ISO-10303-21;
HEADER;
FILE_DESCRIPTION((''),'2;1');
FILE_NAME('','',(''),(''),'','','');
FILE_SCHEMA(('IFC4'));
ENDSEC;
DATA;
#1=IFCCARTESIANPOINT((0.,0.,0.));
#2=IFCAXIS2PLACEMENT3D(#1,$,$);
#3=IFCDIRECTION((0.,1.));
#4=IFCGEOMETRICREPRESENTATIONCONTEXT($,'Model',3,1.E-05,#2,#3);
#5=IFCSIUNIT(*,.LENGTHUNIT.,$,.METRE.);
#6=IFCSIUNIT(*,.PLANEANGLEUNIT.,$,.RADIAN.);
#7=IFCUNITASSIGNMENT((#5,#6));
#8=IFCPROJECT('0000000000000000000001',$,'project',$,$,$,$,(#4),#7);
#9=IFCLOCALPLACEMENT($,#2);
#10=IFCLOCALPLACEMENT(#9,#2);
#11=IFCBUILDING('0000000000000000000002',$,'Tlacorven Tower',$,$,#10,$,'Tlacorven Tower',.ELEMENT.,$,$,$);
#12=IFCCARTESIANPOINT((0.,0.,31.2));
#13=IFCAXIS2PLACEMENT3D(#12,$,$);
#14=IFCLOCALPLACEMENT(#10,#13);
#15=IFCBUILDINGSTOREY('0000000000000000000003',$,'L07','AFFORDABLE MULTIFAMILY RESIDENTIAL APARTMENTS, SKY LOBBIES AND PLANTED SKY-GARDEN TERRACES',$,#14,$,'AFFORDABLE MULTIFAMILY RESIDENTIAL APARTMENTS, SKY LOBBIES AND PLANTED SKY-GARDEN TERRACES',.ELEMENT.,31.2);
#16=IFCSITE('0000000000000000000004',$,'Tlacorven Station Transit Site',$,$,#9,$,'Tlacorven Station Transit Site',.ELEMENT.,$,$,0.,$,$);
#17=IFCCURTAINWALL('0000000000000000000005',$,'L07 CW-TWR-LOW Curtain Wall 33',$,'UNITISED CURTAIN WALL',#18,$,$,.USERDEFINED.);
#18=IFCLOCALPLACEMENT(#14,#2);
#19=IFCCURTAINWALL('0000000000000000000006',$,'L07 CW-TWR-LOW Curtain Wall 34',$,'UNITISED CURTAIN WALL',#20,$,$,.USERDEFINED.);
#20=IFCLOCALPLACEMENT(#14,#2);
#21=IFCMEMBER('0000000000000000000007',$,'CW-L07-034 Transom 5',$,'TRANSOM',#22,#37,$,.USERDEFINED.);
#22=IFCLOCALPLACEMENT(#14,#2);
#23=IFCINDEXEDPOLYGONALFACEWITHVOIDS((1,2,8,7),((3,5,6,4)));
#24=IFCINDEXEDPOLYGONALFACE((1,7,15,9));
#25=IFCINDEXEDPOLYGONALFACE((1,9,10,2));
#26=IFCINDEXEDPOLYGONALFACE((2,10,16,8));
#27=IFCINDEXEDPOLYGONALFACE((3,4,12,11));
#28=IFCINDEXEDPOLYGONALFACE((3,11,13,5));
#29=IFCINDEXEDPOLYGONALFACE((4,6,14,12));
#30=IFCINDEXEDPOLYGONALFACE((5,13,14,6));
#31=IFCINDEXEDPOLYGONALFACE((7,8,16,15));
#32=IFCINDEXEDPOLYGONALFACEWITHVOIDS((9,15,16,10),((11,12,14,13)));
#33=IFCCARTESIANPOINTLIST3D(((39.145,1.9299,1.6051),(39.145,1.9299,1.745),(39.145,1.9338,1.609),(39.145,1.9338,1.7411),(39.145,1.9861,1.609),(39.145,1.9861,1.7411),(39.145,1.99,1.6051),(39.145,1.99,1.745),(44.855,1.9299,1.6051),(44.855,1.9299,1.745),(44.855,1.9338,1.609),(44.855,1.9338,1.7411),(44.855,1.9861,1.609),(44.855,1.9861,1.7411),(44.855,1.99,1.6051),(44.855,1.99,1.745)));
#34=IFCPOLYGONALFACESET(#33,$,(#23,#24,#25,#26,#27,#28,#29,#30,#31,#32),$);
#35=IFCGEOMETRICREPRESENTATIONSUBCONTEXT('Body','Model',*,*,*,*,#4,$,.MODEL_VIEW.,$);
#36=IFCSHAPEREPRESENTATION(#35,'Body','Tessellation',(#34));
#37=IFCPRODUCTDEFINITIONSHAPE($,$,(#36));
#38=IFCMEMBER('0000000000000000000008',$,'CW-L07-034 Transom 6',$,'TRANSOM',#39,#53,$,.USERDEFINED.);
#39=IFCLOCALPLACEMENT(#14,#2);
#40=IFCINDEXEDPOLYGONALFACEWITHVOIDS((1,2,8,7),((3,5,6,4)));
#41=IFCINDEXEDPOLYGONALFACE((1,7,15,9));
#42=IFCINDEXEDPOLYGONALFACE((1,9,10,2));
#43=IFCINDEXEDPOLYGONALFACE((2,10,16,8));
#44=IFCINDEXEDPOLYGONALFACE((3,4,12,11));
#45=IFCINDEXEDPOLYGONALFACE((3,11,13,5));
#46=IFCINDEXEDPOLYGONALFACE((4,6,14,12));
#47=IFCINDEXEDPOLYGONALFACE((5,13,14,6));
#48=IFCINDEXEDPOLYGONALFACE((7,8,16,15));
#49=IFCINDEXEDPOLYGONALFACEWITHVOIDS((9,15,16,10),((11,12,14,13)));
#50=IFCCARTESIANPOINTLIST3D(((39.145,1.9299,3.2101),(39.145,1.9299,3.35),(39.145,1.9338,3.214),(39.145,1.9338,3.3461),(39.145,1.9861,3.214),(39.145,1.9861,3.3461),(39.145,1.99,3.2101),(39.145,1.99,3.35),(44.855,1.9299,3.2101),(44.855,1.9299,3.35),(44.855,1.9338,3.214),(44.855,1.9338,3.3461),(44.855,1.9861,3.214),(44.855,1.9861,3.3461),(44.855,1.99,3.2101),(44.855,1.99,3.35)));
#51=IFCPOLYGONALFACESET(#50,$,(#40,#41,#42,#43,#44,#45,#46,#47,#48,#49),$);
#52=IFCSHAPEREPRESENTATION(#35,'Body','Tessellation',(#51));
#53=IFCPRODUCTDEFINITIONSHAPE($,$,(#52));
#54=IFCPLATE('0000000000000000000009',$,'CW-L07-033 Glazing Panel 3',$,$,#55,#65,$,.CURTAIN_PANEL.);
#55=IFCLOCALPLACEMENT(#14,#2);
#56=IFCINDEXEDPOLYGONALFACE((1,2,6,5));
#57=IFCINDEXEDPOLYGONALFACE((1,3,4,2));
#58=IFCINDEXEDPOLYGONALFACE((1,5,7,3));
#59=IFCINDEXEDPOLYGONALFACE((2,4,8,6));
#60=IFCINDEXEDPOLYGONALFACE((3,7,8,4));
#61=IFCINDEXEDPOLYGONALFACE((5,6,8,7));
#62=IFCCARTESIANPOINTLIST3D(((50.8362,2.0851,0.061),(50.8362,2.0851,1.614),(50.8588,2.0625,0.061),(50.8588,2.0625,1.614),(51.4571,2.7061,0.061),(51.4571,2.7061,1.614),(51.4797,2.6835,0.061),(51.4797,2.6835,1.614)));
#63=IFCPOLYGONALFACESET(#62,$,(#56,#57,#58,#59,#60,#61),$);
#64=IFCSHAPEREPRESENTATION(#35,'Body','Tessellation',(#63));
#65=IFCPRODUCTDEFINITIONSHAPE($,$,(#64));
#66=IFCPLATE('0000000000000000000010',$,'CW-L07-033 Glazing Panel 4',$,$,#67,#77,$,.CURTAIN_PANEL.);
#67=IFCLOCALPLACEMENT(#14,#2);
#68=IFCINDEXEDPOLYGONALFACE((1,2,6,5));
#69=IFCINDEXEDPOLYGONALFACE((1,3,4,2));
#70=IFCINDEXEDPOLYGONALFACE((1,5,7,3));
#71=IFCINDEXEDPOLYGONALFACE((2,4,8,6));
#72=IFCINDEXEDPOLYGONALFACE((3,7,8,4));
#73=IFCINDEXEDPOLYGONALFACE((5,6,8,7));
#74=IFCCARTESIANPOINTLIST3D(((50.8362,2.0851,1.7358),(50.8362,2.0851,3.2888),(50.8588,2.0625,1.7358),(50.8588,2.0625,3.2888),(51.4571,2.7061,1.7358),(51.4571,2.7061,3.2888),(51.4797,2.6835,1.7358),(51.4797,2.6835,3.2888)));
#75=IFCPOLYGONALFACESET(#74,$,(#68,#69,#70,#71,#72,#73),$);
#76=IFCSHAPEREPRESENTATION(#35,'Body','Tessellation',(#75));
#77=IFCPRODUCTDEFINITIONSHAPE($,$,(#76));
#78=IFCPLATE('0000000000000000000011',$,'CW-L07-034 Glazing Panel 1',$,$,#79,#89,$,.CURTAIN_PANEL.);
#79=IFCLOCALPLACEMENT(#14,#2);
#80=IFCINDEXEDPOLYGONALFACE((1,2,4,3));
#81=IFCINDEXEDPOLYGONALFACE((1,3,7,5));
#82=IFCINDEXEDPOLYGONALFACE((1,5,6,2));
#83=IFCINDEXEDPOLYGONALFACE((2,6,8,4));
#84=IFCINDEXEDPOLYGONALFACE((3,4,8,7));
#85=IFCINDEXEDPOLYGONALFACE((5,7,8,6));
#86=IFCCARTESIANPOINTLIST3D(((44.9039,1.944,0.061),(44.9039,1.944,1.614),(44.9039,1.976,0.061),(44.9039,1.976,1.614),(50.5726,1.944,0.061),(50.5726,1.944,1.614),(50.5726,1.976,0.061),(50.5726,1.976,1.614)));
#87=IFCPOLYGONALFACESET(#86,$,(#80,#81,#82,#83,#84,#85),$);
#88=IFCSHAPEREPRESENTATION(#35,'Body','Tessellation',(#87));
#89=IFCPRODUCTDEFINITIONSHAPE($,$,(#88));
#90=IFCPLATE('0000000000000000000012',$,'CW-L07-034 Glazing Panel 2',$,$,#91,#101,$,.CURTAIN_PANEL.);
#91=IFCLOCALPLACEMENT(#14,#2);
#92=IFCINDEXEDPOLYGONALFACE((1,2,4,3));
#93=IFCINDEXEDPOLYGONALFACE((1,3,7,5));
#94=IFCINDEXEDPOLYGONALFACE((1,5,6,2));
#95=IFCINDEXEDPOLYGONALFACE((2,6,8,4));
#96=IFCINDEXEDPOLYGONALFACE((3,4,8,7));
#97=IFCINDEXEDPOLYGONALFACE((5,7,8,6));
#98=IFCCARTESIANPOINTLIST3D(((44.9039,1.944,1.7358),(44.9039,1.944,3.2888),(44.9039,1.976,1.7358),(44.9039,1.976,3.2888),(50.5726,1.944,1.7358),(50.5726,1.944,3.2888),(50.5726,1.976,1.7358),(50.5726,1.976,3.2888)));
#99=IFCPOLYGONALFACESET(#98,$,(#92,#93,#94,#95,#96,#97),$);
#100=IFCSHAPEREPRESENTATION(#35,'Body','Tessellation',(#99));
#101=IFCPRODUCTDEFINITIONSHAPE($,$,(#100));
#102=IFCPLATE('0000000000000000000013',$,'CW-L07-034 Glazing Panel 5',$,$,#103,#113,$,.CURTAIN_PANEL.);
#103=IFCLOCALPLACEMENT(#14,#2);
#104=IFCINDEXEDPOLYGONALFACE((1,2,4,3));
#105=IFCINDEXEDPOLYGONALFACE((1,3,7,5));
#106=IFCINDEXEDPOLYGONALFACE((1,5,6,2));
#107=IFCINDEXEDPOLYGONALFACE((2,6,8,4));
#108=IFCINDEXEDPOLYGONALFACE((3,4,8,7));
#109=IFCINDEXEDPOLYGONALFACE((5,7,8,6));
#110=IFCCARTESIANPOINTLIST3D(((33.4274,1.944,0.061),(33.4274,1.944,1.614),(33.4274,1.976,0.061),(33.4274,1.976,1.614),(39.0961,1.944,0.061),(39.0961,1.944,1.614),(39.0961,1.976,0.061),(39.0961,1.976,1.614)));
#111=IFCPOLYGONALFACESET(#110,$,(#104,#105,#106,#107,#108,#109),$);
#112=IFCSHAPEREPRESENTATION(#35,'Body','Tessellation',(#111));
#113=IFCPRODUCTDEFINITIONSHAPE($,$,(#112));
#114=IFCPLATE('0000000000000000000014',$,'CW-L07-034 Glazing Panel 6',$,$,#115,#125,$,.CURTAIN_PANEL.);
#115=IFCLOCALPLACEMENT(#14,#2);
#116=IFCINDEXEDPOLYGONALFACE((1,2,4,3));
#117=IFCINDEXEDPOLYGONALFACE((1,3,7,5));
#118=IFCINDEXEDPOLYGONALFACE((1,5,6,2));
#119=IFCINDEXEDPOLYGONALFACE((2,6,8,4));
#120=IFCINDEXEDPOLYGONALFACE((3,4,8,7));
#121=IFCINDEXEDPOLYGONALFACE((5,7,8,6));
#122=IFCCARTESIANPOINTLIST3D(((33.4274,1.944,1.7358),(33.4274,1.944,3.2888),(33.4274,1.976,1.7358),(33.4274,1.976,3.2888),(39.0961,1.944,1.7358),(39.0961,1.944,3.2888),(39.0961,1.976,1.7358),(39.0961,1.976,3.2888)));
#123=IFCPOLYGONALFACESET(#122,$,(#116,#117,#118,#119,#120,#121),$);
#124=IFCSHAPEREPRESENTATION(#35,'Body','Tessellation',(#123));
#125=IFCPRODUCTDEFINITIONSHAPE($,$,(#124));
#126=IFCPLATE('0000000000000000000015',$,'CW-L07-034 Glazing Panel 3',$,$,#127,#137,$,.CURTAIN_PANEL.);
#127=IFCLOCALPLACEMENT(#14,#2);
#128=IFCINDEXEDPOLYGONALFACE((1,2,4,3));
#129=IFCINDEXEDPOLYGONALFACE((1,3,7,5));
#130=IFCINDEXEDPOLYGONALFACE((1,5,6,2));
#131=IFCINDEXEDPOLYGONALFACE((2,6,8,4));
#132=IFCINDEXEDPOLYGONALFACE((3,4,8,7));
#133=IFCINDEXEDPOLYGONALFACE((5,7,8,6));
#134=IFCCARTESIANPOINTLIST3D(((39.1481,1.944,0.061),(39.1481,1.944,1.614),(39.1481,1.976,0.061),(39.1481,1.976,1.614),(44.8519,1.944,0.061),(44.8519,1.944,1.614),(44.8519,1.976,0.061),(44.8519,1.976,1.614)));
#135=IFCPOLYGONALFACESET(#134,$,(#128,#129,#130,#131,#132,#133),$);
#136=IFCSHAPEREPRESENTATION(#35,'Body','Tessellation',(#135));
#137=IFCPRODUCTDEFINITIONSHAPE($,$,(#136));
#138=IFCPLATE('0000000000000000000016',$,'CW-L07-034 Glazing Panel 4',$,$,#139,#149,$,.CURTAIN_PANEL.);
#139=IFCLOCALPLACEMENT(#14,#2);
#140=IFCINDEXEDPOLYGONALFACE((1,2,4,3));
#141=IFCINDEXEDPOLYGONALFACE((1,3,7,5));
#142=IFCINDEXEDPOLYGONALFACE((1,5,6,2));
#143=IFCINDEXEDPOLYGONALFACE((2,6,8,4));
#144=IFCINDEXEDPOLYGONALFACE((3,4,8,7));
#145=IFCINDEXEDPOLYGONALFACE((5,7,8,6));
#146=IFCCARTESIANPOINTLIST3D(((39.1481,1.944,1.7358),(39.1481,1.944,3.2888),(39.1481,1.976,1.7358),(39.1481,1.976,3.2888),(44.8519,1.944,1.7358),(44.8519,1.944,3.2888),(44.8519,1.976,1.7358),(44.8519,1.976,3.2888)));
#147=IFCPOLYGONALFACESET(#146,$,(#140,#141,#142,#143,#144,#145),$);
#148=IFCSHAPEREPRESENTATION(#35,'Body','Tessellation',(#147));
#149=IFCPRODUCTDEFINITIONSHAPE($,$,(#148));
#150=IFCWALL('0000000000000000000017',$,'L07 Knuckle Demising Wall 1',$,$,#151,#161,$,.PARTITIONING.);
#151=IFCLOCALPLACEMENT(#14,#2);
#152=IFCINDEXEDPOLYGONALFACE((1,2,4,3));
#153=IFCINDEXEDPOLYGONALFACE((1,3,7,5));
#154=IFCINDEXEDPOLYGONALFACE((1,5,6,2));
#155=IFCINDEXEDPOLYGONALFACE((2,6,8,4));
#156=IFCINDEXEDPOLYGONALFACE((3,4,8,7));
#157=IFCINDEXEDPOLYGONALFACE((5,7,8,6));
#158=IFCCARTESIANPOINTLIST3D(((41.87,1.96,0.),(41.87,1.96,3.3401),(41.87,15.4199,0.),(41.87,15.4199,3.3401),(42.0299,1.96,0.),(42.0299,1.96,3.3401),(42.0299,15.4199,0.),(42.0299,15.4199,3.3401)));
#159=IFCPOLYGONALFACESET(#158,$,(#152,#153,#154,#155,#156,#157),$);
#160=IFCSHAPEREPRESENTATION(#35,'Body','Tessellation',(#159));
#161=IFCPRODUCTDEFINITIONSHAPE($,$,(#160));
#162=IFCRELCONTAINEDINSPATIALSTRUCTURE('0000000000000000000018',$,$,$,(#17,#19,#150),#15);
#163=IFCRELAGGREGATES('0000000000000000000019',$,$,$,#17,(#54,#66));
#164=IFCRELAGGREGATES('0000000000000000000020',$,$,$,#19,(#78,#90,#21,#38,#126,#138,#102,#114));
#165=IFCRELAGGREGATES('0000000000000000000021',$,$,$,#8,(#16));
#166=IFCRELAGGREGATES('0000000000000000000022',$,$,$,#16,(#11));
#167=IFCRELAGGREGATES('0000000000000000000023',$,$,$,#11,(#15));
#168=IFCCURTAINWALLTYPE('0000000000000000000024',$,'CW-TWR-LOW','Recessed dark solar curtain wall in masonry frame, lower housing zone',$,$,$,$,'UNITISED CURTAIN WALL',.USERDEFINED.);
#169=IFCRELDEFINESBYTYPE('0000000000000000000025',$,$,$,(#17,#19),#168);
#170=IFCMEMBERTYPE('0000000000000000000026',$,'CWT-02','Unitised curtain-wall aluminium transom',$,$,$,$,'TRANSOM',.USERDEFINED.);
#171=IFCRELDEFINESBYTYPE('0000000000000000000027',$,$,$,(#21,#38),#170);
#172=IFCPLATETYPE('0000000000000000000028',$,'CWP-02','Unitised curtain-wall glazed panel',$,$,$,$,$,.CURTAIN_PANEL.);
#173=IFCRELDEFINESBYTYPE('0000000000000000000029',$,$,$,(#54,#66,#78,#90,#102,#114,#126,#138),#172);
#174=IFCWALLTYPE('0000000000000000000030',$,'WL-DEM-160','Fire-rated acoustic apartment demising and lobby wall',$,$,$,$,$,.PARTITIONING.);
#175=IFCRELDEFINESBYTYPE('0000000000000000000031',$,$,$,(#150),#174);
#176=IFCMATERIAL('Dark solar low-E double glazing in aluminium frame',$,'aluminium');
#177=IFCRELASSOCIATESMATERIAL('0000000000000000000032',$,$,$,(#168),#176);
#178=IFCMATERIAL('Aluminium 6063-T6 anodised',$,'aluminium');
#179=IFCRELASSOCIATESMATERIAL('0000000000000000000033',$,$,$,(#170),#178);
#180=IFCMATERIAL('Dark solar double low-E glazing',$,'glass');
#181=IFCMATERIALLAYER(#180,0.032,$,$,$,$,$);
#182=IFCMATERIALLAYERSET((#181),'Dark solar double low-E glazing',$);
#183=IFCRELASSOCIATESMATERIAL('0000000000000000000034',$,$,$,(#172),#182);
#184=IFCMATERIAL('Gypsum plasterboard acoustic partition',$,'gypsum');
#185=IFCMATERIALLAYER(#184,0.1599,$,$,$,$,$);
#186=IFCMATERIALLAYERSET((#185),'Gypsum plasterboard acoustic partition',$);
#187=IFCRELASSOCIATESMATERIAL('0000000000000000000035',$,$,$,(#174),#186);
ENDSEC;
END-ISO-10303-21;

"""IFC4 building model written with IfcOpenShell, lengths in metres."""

from ifc_helpers import new_model, si_unit, direction, frame, frame_2d, origin, origin_2d, place, context, subcontext, project, spatial, rectangle, hollow_rectangle, extrude, source, transform, mapped, material, layer, layer_set, material_profile, profile_set, type_object, element, aggregate, save


model = new_model("IFC4")

# Units and contexts
model_context = context("Model", 3, precision=1e-05, world=origin(), true_north=direction((0.0, 1.0)))
body_context = subcontext(model_context, "Body", "Model", "MODEL_VIEW")
ifc_project = project(units=[si_unit("LENGTHUNIT", "METRE"), si_unit("PLANEANGLEUNIT", "RADIAN")], contexts=[model_context])

# Site, building, storey
site_placement = place(None, origin())
site = spatial("IfcSite", under=ifc_project, at=site_placement, Name="Tlacorven Station Transit Site", LongName="Tlacorven Station Transit Site", CompositionType="ELEMENT", RefElevation=0.0)
building_placement = place(site_placement, origin())
building = spatial("IfcBuilding", under=site, at=building_placement, Name="Tlacorven Tower", LongName="Tlacorven Tower", CompositionType="ELEMENT")
storey_placement = place(building_placement, frame((0.0, 0.0, 31.2)))
storey = spatial("IfcBuildingStorey", under=building, at=storey_placement, Name="L07", Description="AFFORDABLE MULTIFAMILY RESIDENTIAL APARTMENTS, SKY LOBBIES AND PLANTED SKY-GARDEN TERRACES", LongName="AFFORDABLE MULTIFAMILY RESIDENTIAL APARTMENTS, SKY LOBBIES AND PLANTED SKY-GARDEN TERRACES", CompositionType="ELEMENT", Elevation=31.2)

# Curtain wall
ifc_material_1 = material(Name="Dark solar low-E double glazing in aluminium frame", Category="aluminium")
curtain_wall_type = type_object("IfcCurtainWallType", Name="CW-TWR-LOW", Description="Recessed dark solar curtain wall in masonry frame, lower housing zone", ElementType="UNITISED CURTAIN WALL", PredefinedType="USERDEFINED", material=ifc_material_1)
curtain_wall_1_placement = place(storey_placement, origin())
curtain_wall_1 = element("IfcCurtainWall", 1, at=curtain_wall_1_placement, inside=storey, type_object=curtain_wall_type, Name="L07 CW-TWR-LOW Curtain Wall 33", ObjectType="UNITISED CURTAIN WALL", PredefinedType="USERDEFINED")
ifc_material_2 = material(Name="Aluminium 6063-T6 anodised", Category="aluminium")

# Curtain wall, members
curtain_wall_2_placement = place(storey_placement, origin())
curtain_wall_2 = element("IfcCurtainWall", 2, at=curtain_wall_2_placement, inside=storey, type_object=curtain_wall_type, Name="L07 CW-TWR-LOW Curtain Wall 34", ObjectType="UNITISED CURTAIN WALL", PredefinedType="USERDEFINED")
ifc_material_profile_1 = material_profile(ifc_material_2, hollow_rectangle(XDim=0.0601, YDim=0.1399, WallThickness=0.0039, at=origin_2d()), Name="ALU TRANSOM 60X140")
ifc_profile_set_1 = profile_set([ifc_material_profile_1], Name="Aluminium 6063-T6 anodised")
member_type_1 = type_object("IfcMemberType", Name="CWT-02", Description="Unitised curtain-wall aluminium transom", ElementType="TRANSOM", PredefinedType="USERDEFINED", material=ifc_profile_set_1)
shared_shape_1 = source(origin(), body_context, "Body", "SweptSolid", [
    extrude(hollow_rectangle(XDim=0.0601, YDim=0.1399, WallThickness=0.0039, at=origin_2d()), origin(), (0.0, 0.0, 1.0), 5.71),
])
member_1_placement = place(storey_placement, frame((44.855, 1.96, 1.675), z_axis=(-1.0, 0.0, 0.0), x_axis=(0.0, -1.0, 0.0)))
member_1 = element("IfcMember", 3, at=member_1_placement, type_object=member_type_1, Name="CW-L07-034 Transom 5", ObjectType="TRANSOM", PredefinedType="USERDEFINED", context=body_context, shape_type="MappedRepresentation", body=[
    mapped(shared_shape_1, transform((0.0, 0.0, 0.0), scale=1.0)),
])
member_2_placement = place(storey_placement, frame((44.855, 1.96, 3.28), z_axis=(-1.0, 0.0, 0.0), x_axis=(0.0, -1.0, 0.0)))
member_2 = element("IfcMember", 4, at=member_2_placement, type_object=member_type_1, Name="CW-L07-034 Transom 6", ObjectType="TRANSOM", PredefinedType="USERDEFINED", context=body_context, shape_type="MappedRepresentation", body=[
    mapped(shared_shape_1, transform((0.0, 0.0, 0.0), scale=1.0)),
])

# Plates
ifc_material_3 = material(Name="Dark solar double low-E glazing", Category="glass")
ifc_layer_1 = layer(ifc_material_3, 0.032)
ifc_layer_set_1 = layer_set([ifc_layer_1], Name="Dark solar double low-E glazing")
plate_type = type_object("IfcPlateType", Name="CWP-02", Description="Unitised curtain-wall glazed panel", PredefinedType="CURTAIN_PANEL", material=ifc_layer_set_1)
shared_shape_2 = source(origin(), body_context, "Body", "SweptSolid", [
    extrude(rectangle(XDim=0.8782, YDim=0.032, at=origin_2d()), origin(), (0.0, 0.0, 1.0), 1.553),
])
plate_1_placement = place(storey_placement, frame((51.158, 2.3843, 0.061), z_axis=(0.0, 0.0, 1.0), x_axis=(-0.707107, -0.707107, 0.0)))
plate_1 = element("IfcPlate", 5, at=plate_1_placement, type_object=plate_type, Name="CW-L07-033 Glazing Panel 3", PredefinedType="CURTAIN_PANEL", context=body_context, shape_type="MappedRepresentation", body=[
    mapped(shared_shape_2, transform((0.0, 0.0, 0.0), scale=1.0)),
])
plate_2_placement = place(storey_placement, frame((51.158, 2.3843, 1.7358), z_axis=(0.0, 0.0, 1.0), x_axis=(-0.707107, -0.707107, 0.0)))
plate_2 = element("IfcPlate", 6, at=plate_2_placement, type_object=plate_type, Name="CW-L07-033 Glazing Panel 4", PredefinedType="CURTAIN_PANEL", context=body_context, shape_type="MappedRepresentation", body=[
    mapped(shared_shape_2, transform((0.0, 0.0, 0.0), scale=1.0)),
])
aggregate(curtain_wall_1, [plate_1, plate_2])
shared_shape_3 = source(origin(), body_context, "Body", "SweptSolid", [
    extrude(rectangle(XDim=5.6687, YDim=0.032, at=origin_2d()), origin(), (0.0, 0.0, 1.0), 1.553),
])
plate_3_placement = place(storey_placement, frame((47.7383, 1.96, 0.061), z_axis=(0.0, 0.0, 1.0), x_axis=(-1.0, 0.0, 0.0)))
plate_3 = element("IfcPlate", 7, at=plate_3_placement, type_object=plate_type, Name="CW-L07-034 Glazing Panel 1", PredefinedType="CURTAIN_PANEL", context=body_context, shape_type="MappedRepresentation", body=[
    mapped(shared_shape_3, transform((0.0, 0.0, 0.0), scale=1.0)),
])
plate_4_placement = place(storey_placement, frame((47.7383, 1.96, 1.7358), z_axis=(0.0, 0.0, 1.0), x_axis=(-1.0, 0.0, 0.0)))
plate_4 = element("IfcPlate", 8, at=plate_4_placement, type_object=plate_type, Name="CW-L07-034 Glazing Panel 2", PredefinedType="CURTAIN_PANEL", context=body_context, shape_type="MappedRepresentation", body=[
    mapped(shared_shape_3, transform((0.0, 0.0, 0.0), scale=1.0)),
])
plate_5_placement = place(storey_placement, frame((36.2617, 1.96, 0.061), z_axis=(0.0, 0.0, 1.0), x_axis=(-1.0, 0.0, 0.0)))
plate_5 = element("IfcPlate", 9, at=plate_5_placement, type_object=plate_type, Name="CW-L07-034 Glazing Panel 5", PredefinedType="CURTAIN_PANEL", context=body_context, shape_type="MappedRepresentation", body=[
    mapped(shared_shape_3, transform((0.0, 0.0, 0.0), scale=1.0)),
])
plate_6_placement = place(storey_placement, frame((36.2617, 1.96, 1.7358), z_axis=(0.0, 0.0, 1.0), x_axis=(-1.0, 0.0, 0.0)))
plate_6 = element("IfcPlate", 10, at=plate_6_placement, type_object=plate_type, Name="CW-L07-034 Glazing Panel 6", PredefinedType="CURTAIN_PANEL", context=body_context, shape_type="MappedRepresentation", body=[
    mapped(shared_shape_3, transform((0.0, 0.0, 0.0), scale=1.0)),
])
shared_shape_4 = source(origin(), body_context, "Body", "SweptSolid", [
    extrude(rectangle(XDim=5.7039, YDim=0.032, at=origin_2d()), origin(), (0.0, 0.0, 1.0), 1.553),
])
plate_7_placement = place(storey_placement, frame((42.0, 1.96, 0.061), z_axis=(0.0, 0.0, 1.0), x_axis=(-1.0, 0.0, 0.0)))
plate_7 = element("IfcPlate", 11, at=plate_7_placement, type_object=plate_type, Name="CW-L07-034 Glazing Panel 3", PredefinedType="CURTAIN_PANEL", context=body_context, shape_type="MappedRepresentation", body=[
    mapped(shared_shape_4, transform((0.0, 0.0, 0.0), scale=1.0)),
])
plate_8_placement = place(storey_placement, frame((42.0, 1.96, 1.7358), z_axis=(0.0, 0.0, 1.0), x_axis=(-1.0, 0.0, 0.0)))
plate_8 = element("IfcPlate", 12, at=plate_8_placement, type_object=plate_type, Name="CW-L07-034 Glazing Panel 4", PredefinedType="CURTAIN_PANEL", context=body_context, shape_type="MappedRepresentation", body=[
    mapped(shared_shape_4, transform((0.0, 0.0, 0.0), scale=1.0)),
])
aggregate(curtain_wall_2, [plate_3, plate_4, member_1, member_2, plate_7, plate_8, plate_5, plate_6])

# Wall
ifc_material_4 = material(Name="Gypsum plasterboard acoustic partition", Category="gypsum")
ifc_layer_2 = layer(ifc_material_4, 0.1599)
ifc_layer_set_2 = layer_set([ifc_layer_2], Name="Gypsum plasterboard acoustic partition")
wall_type_1 = type_object("IfcWallType", Name="WL-DEM-160", Description="Fire-rated acoustic apartment demising and lobby wall", PredefinedType="PARTITIONING", material=ifc_layer_set_2)
wall_1_placement = place(storey_placement, frame((41.95, 1.96, 0.0), z_axis=(0.0, 0.0, 1.0), x_axis=(0.0, 1.0, 0.0)))
element("IfcWall", 13, at=wall_1_placement, inside=storey, type_object=wall_type_1, Name="L07 Knuckle Demising Wall 1", PredefinedType="PARTITIONING", context=body_context, shape_type="SweptSolid", body=[
    extrude(rectangle(XDim=13.46, YDim=0.1599, at=frame_2d((6.73, 0.0))), origin(), (0.0, 0.0, 1.0), 3.3401),
])

save(model, "model.ifc")
